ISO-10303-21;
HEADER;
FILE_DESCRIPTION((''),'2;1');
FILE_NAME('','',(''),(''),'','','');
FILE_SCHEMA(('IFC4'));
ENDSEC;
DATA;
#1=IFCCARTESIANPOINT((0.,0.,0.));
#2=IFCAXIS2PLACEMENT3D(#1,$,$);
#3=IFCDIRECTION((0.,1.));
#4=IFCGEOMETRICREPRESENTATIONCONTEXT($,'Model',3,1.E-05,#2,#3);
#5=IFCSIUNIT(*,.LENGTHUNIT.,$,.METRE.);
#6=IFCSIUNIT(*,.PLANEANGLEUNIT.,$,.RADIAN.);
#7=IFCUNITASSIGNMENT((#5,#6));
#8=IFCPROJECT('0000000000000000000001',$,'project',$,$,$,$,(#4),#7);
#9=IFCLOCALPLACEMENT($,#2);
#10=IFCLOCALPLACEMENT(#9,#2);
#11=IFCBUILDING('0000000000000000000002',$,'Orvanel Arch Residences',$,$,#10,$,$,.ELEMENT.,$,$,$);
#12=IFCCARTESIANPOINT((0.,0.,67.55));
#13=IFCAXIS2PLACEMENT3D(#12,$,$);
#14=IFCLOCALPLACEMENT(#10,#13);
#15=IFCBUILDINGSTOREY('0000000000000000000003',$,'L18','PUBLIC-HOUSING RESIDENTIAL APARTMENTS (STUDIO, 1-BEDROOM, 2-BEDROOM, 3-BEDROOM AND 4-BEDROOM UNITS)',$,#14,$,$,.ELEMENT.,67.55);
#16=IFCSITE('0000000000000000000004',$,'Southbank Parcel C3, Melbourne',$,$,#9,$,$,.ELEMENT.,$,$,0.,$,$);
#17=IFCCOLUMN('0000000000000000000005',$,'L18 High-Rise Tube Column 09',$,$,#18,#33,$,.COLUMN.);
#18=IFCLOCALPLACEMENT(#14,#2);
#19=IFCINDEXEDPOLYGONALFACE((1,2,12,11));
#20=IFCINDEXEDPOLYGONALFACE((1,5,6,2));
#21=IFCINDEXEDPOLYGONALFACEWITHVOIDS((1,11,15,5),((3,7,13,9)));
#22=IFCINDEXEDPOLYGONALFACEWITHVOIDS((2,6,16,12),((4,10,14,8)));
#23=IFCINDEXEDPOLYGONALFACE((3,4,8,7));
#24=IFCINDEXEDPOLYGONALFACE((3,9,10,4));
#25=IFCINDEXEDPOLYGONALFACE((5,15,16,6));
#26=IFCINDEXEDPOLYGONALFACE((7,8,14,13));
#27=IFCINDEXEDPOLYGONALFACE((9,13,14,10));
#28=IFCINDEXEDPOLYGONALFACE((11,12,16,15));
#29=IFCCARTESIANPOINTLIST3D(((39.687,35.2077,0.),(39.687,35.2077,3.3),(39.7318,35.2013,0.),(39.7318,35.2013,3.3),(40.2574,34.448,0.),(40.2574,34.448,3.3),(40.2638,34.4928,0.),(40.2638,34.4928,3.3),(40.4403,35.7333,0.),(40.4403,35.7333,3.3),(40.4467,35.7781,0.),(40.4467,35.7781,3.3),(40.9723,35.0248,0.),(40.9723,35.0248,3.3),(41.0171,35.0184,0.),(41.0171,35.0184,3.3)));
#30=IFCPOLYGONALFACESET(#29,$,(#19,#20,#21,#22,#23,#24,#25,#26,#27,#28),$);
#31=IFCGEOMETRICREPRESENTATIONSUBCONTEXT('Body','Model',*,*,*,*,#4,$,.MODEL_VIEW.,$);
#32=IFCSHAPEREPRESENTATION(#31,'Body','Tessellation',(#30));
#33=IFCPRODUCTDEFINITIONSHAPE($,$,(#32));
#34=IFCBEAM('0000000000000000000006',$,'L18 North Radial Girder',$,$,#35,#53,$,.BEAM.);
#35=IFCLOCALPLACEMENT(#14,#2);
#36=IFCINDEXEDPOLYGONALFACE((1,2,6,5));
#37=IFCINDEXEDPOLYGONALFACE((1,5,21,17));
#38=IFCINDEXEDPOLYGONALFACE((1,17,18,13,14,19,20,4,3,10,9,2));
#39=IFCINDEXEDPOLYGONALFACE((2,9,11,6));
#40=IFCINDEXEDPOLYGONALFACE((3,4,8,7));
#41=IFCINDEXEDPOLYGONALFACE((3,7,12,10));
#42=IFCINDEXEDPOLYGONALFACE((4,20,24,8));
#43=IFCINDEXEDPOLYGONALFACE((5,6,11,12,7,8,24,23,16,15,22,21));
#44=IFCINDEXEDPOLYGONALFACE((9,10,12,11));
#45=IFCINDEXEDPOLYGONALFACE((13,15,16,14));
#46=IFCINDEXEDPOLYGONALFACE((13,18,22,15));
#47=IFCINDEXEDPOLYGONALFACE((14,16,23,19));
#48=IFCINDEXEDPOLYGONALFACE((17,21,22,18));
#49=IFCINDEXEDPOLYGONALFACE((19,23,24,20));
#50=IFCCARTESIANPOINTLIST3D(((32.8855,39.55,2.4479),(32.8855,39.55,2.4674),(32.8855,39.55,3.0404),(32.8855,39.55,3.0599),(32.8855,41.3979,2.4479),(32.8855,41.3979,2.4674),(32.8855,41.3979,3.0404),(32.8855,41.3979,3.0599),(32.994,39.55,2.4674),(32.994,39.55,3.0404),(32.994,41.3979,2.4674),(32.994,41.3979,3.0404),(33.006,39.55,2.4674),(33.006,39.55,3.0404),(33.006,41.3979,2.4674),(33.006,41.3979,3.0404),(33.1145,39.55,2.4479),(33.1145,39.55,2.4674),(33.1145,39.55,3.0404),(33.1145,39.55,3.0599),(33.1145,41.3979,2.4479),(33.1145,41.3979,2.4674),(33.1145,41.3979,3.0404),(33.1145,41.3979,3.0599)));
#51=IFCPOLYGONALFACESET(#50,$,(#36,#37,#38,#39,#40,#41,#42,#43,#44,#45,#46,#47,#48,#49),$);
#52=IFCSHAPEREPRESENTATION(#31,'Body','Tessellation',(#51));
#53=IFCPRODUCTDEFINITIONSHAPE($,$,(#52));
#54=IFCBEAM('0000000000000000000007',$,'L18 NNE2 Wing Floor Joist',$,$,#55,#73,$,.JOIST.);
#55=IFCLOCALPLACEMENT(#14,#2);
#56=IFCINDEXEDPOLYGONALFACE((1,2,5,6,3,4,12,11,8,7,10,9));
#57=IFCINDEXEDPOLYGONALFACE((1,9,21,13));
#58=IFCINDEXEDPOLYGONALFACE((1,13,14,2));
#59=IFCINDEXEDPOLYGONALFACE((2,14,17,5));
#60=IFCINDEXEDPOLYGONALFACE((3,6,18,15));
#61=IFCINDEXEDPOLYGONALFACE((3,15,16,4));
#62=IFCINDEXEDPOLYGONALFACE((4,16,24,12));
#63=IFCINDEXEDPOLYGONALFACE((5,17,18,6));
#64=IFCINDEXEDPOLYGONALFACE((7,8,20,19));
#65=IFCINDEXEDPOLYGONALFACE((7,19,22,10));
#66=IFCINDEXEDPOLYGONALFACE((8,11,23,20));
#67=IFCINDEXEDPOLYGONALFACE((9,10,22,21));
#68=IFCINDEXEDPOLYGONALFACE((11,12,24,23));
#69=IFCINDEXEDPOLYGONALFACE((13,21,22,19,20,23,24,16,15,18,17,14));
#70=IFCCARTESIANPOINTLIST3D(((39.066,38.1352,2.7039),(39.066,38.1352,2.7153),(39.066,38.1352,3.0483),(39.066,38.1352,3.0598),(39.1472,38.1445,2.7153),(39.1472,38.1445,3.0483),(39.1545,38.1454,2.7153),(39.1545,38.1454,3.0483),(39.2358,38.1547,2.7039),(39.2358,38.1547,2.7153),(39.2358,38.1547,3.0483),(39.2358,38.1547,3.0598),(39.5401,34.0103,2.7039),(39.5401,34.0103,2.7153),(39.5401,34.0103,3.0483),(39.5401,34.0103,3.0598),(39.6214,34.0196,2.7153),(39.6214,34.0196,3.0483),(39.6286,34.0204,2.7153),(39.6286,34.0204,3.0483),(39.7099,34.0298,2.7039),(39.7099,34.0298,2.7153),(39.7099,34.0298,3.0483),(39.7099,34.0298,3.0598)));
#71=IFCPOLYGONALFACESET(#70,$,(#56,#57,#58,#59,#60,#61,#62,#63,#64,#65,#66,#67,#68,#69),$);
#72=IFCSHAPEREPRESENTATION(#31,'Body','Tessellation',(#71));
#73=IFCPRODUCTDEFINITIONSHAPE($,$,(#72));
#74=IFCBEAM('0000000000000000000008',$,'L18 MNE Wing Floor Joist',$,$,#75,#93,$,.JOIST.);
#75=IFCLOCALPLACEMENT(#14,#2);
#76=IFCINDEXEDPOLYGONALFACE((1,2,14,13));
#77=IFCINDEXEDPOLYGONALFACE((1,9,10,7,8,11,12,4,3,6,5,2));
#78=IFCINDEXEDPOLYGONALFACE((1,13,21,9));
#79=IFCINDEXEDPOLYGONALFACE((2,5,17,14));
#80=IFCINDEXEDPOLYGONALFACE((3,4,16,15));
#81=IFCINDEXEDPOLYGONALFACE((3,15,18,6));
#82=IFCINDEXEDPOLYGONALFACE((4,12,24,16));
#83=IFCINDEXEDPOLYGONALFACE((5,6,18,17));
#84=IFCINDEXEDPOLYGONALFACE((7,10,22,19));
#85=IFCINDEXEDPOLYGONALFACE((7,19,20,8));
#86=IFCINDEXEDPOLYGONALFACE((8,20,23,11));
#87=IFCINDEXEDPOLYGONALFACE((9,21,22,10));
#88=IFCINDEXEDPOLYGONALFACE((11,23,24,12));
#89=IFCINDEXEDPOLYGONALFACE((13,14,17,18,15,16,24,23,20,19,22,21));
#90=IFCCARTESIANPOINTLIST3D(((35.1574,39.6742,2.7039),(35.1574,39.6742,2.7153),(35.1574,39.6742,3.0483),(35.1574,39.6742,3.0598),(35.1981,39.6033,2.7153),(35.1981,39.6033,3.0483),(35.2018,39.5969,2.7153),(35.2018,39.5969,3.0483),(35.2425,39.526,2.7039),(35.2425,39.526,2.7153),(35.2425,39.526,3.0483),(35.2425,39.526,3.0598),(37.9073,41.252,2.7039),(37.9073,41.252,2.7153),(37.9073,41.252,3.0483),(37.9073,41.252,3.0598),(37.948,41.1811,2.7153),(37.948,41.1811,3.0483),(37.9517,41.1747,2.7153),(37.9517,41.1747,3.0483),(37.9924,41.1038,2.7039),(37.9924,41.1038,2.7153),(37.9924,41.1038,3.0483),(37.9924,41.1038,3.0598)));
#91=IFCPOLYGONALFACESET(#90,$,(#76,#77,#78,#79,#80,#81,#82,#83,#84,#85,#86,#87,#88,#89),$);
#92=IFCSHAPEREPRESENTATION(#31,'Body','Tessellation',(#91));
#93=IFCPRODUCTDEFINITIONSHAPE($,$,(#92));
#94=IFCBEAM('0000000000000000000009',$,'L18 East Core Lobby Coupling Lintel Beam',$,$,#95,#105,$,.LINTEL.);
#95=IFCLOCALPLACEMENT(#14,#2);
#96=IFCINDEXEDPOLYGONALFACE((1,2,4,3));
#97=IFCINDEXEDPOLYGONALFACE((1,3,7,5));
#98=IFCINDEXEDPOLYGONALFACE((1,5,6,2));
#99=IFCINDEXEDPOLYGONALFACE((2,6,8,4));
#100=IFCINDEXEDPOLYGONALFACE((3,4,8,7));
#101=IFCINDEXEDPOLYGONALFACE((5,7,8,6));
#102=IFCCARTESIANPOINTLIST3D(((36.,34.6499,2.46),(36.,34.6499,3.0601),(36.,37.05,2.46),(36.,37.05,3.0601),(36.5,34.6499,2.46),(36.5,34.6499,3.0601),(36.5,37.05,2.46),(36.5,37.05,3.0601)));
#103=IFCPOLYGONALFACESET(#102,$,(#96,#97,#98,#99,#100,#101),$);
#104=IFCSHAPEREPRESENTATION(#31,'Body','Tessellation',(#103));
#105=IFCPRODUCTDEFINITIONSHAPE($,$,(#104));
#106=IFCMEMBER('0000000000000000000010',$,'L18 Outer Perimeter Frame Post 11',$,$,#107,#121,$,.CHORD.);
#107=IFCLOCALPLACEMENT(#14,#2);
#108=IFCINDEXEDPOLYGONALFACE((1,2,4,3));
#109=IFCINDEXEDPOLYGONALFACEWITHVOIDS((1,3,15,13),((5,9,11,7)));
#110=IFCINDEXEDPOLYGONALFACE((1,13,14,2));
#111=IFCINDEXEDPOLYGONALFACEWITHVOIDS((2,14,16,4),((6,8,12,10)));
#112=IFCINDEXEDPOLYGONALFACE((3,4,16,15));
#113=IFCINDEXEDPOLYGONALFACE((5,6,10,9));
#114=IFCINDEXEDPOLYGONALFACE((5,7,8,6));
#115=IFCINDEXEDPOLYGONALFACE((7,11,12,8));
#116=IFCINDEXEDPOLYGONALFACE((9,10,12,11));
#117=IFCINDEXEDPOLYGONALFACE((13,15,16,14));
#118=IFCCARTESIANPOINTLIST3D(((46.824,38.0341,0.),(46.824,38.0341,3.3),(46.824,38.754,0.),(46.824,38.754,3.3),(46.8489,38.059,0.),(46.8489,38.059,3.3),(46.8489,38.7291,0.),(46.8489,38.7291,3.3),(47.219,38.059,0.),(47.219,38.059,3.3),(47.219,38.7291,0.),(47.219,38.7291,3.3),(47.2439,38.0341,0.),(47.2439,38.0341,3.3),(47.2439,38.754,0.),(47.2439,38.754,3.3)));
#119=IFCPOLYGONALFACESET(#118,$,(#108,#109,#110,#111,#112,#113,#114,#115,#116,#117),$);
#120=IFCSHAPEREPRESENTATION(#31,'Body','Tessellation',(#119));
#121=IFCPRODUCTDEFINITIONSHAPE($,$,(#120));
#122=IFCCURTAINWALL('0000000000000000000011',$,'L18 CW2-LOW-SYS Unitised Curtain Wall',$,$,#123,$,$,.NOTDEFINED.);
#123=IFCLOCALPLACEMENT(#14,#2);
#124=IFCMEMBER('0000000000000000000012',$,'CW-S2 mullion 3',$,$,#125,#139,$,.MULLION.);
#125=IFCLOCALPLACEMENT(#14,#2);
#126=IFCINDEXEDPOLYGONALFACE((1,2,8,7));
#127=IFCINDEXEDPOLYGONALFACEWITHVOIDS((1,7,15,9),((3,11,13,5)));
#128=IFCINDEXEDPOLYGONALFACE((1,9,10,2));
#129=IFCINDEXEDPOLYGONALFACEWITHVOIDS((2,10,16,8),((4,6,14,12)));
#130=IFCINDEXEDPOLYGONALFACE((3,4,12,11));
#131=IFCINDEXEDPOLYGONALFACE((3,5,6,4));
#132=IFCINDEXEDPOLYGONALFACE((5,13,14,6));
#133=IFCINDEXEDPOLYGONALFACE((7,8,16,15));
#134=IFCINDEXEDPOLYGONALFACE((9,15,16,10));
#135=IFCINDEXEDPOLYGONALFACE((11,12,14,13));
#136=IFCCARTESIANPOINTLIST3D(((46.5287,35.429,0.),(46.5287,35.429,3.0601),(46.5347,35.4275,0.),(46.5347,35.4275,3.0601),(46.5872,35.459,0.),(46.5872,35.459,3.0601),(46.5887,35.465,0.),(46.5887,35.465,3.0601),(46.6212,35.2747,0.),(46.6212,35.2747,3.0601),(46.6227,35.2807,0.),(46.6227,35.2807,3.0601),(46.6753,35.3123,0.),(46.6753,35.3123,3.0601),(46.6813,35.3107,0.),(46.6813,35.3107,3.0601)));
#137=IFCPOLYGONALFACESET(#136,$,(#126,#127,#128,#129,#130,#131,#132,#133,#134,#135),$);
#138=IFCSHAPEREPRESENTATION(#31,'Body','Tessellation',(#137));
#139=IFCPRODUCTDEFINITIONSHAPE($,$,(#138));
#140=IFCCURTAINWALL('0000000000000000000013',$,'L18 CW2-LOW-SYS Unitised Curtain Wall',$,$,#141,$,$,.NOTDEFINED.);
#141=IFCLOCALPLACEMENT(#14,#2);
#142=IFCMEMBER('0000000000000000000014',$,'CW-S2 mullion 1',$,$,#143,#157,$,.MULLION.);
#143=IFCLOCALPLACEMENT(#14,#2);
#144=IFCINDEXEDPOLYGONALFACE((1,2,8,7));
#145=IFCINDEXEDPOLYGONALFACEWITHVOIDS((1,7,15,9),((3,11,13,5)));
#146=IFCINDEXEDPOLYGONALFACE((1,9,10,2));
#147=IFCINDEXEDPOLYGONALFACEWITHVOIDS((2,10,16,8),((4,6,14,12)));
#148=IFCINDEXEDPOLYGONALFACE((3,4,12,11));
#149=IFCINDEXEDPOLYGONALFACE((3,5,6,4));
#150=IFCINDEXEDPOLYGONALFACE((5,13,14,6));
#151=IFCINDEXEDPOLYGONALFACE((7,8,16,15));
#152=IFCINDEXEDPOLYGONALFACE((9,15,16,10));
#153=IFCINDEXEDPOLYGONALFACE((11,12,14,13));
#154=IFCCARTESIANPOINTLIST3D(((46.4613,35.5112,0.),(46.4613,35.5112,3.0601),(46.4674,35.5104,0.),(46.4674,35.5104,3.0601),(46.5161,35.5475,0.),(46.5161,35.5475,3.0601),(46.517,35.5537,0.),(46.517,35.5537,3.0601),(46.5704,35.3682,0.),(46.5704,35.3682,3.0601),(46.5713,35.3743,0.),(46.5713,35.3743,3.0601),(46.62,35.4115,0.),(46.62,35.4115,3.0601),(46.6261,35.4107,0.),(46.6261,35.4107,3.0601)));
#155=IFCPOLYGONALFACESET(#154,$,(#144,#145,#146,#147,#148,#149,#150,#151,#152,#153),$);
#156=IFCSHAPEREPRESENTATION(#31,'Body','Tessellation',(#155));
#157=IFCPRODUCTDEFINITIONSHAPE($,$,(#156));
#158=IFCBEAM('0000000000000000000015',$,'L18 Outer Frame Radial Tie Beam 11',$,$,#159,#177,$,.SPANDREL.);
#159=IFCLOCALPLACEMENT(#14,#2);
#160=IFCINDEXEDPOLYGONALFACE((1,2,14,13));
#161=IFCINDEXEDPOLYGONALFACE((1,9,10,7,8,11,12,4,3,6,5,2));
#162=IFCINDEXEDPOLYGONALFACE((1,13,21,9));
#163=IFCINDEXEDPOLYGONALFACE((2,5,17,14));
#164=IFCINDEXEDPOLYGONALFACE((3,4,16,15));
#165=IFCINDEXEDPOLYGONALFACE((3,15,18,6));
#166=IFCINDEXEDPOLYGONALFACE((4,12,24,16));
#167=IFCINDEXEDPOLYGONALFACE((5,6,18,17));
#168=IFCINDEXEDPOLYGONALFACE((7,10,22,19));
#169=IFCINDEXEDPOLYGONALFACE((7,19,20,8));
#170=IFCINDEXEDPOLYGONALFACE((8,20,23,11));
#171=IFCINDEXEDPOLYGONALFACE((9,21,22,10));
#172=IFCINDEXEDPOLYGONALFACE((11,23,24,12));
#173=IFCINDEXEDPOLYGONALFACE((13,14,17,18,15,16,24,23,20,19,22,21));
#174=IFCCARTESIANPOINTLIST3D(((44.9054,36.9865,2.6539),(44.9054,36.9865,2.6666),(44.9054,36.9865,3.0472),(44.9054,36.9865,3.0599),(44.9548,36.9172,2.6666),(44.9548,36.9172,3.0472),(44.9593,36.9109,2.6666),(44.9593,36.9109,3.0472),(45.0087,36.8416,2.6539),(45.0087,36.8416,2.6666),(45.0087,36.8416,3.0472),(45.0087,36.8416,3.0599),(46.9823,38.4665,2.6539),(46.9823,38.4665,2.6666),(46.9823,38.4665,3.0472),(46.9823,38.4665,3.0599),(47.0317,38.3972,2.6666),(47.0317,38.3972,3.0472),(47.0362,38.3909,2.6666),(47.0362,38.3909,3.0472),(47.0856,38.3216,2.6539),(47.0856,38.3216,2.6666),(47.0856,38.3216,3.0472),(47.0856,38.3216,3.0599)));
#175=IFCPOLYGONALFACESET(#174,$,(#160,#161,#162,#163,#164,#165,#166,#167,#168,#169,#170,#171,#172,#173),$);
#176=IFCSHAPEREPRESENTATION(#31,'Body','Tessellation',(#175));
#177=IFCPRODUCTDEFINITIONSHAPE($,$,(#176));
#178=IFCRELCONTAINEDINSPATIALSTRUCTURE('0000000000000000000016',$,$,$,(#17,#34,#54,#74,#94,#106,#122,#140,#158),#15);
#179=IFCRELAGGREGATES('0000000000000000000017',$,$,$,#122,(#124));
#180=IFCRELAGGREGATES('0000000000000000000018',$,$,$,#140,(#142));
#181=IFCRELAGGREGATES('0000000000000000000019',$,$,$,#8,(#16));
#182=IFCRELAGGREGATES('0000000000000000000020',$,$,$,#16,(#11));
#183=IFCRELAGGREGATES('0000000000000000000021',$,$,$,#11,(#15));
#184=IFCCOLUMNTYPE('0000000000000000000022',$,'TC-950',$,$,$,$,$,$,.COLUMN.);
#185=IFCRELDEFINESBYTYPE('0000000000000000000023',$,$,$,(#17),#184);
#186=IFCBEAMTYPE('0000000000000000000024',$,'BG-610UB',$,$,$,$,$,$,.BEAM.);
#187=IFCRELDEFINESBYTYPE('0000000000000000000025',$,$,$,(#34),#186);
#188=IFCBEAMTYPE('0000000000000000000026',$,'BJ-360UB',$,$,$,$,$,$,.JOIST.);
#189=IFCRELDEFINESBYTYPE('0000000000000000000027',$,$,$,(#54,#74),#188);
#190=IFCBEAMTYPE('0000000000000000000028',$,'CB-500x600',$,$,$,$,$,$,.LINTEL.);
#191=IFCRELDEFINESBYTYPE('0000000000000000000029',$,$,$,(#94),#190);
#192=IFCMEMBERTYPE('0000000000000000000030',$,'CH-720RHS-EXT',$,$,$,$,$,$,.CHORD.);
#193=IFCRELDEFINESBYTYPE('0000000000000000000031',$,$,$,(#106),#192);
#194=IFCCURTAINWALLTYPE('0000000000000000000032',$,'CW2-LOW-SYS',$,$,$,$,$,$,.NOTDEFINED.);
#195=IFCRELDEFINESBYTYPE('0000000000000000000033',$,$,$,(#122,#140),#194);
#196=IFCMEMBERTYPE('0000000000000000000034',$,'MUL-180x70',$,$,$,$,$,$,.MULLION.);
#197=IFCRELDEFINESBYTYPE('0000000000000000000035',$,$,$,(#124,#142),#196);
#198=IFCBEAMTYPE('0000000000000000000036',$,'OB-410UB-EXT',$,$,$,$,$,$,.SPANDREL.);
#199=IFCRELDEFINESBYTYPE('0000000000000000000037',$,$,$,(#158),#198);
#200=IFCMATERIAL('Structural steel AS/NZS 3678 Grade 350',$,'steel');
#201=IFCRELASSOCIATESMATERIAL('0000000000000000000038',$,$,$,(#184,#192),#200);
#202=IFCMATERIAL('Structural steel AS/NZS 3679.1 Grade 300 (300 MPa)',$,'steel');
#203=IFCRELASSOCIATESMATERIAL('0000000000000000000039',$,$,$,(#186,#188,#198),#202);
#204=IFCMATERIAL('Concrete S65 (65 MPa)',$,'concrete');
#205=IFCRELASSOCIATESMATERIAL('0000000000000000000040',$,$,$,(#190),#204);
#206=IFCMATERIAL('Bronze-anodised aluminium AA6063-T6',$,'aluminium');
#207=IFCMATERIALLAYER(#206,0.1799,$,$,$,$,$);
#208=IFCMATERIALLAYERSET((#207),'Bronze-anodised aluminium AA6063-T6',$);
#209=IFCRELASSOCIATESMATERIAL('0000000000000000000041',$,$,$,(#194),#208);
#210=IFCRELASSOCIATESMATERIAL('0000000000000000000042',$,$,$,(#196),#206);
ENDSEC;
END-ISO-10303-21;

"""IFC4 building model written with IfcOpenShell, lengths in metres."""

from ifc_helpers import new_model, si_unit, direction, frame, origin, origin_2d, place, context, subcontext, project, spatial, rectangle, hollow_rectangle, i_section, extrude, material, layer, layer_set, material_profile, profile_set, type_object, element, aggregate, save


model = new_model("IFC4")

# Units and contexts
model_context = context("Model", 3, precision=1e-05, world=origin(), true_north=direction((0.0, 1.0)))
body_context = subcontext(model_context, "Body", "Model", "MODEL_VIEW")
ifc_project = project(units=[si_unit("LENGTHUNIT", "METRE"), si_unit("PLANEANGLEUNIT", "RADIAN")], contexts=[model_context])

# Site, building, storey
site_placement = place(None, origin())
site = spatial("IfcSite", under=ifc_project, at=site_placement, Name="Southbank Parcel C3, Melbourne", CompositionType="ELEMENT", RefElevation=0.0)
building_placement = place(site_placement, origin())
building = spatial("IfcBuilding", under=site, at=building_placement, Name="Orvanel Arch Residences", CompositionType="ELEMENT")
storey_placement = place(building_placement, frame((0.0, 0.0, 67.55)))
storey = spatial("IfcBuildingStorey", under=building, at=storey_placement, Name="L18", Description="PUBLIC-HOUSING RESIDENTIAL APARTMENTS (STUDIO, 1-BEDROOM, 2-BEDROOM, 3-BEDROOM AND 4-BEDROOM UNITS)", CompositionType="ELEMENT", Elevation=67.55)

# Column
ifc_material_1 = material(Name="Structural steel AS/NZS 3678 Grade 350", Category="steel")
ifc_material_profile_1 = material_profile(ifc_material_1, hollow_rectangle(XDim=0.95, YDim=0.95, WallThickness=0.032, at=origin_2d()), Name="BOX950x950x32")
ifc_profile_set_1 = profile_set([ifc_material_profile_1], Name="Structural steel AS/NZS 3678 Grade 350")
column_type = type_object("IfcColumnType", Name="TC-950", PredefinedType="COLUMN", material=ifc_profile_set_1)
column_placement = place(storey_placement, frame((40.3521, 35.113, 0.0), z_axis=(0.0, 0.0, 1.0), x_axis=(-0.60042, 0.799685, 0.0)))
element("IfcColumn", 1, at=column_placement, inside=storey, type_object=column_type, Name="L18 High-Rise Tube Column 09", PredefinedType="COLUMN", context=body_context, shape_type="SweptSolid", body=[
    extrude(hollow_rectangle(XDim=0.95, YDim=0.95, WallThickness=0.032, at=origin_2d()), origin(), (0.0, 0.0, 1.0), 3.3),
])

# Beams
ifc_material_2 = material(Name="Structural steel AS/NZS 3679.1 Grade 300 (300 MPa)", Category="steel")
ifc_material_profile_2 = material_profile(ifc_material_2, i_section(OverallWidth=0.229, OverallDepth=0.6121, WebThickness=0.012, FlangeThickness=0.0195, at=origin_2d()), Name="610UB125")
ifc_profile_set_2 = profile_set([ifc_material_profile_2], Name="Structural steel AS/NZS 3679.1 Grade 300 (300 MPa)")
beam_type_1 = type_object("IfcBeamType", Name="BG-610UB", PredefinedType="BEAM", material=ifc_profile_set_2)
beam_1_placement = place(storey_placement, frame((33.0, 39.55, 2.7539), z_axis=(0.0, 1.0, 0.0), x_axis=(-1.0, 0.0, 0.0)))
element("IfcBeam", 2, at=beam_1_placement, inside=storey, type_object=beam_type_1, Name="L18 North Radial Girder", PredefinedType="BEAM", context=body_context, shape_type="SweptSolid", body=[
    extrude(i_section(OverallWidth=0.229, OverallDepth=0.6121, WebThickness=0.012, FlangeThickness=0.0195, at=origin_2d()), origin(), (0.0, 0.0, 1.0), 1.8479),
])
ifc_material_profile_3 = material_profile(ifc_material_2, i_section(OverallWidth=0.1709, OverallDepth=0.356, WebThickness=0.0073, FlangeThickness=0.0115, at=origin_2d()), Name="360UB50.7")
ifc_profile_set_3 = profile_set([ifc_material_profile_3], Name="Structural steel AS/NZS 3679.1 Grade 300 (300 MPa)")
beam_type_2 = type_object("IfcBeamType", Name="BJ-360UB", PredefinedType="JOIST", material=ifc_profile_set_3)
beam_2_placement = place(storey_placement, frame((39.625, 34.02, 2.8818), z_axis=(-0.114187, 0.993459, 0.0), x_axis=(-0.993459, -0.114187, 0.0)))
element("IfcBeam", 3, at=beam_2_placement, inside=storey, type_object=beam_type_2, Name="L18 NNE2 Wing Floor Joist", PredefinedType="JOIST", context=body_context, shape_type="SweptSolid", body=[
    extrude(i_section(OverallWidth=0.1709, OverallDepth=0.356, WebThickness=0.0073, FlangeThickness=0.0115, at=origin_2d()), origin(), (0.0, 0.0, 1.0), 4.1521),
])
beam_3_placement = place(storey_placement, frame((35.2, 39.6001, 2.8818), z_axis=(0.867365, 0.497672, 0.0), x_axis=(-0.497672, 0.867365, 0.0)))
element("IfcBeam", 4, at=beam_3_placement, inside=storey, type_object=beam_type_2, Name="L18 MNE Wing Floor Joist", PredefinedType="JOIST", context=body_context, shape_type="SweptSolid", body=[
    extrude(i_section(OverallWidth=0.1709, OverallDepth=0.356, WebThickness=0.0073, FlangeThickness=0.0115, at=origin_2d()), origin(), (0.0, 0.0, 1.0), 3.1704),
])
ifc_material_3 = material(Name="Concrete S65 (65 MPa)", Category="concrete")
ifc_material_profile_4 = material_profile(ifc_material_3, rectangle(XDim=0.5, YDim=0.6001, at=origin_2d()), Name="RC500x600")
ifc_profile_set_4 = profile_set([ifc_material_profile_4], Name="Concrete S65 (65 MPa)")
beam_type_3 = type_object("IfcBeamType", Name="CB-500x600", PredefinedType="LINTEL", material=ifc_profile_set_4)
beam_4_placement = place(storey_placement, frame((36.25, 34.6499, 2.76), z_axis=(0.0, 1.0, 0.0), x_axis=(-1.0, 0.0, 0.0)))
element("IfcBeam", 5, at=beam_4_placement, inside=storey, type_object=beam_type_3, Name="L18 East Core Lobby Coupling Lintel Beam", PredefinedType="LINTEL", context=body_context, shape_type="SweptSolid", body=[
    extrude(rectangle(XDim=0.5, YDim=0.6001, at=origin_2d()), origin(), (0.0, 0.0, 1.0), 2.4001),
])

# Member
ifc_material_profile_5 = material_profile(ifc_material_1, hollow_rectangle(XDim=0.4199, YDim=0.72, WallThickness=0.0249, at=origin_2d()), Name="RHS720x420x25")
ifc_profile_set_5 = profile_set([ifc_material_profile_5], Name="Structural steel AS/NZS 3678 Grade 350")
member_type_1 = type_object("IfcMemberType", Name="CH-720RHS-EXT", PredefinedType="CHORD", material=ifc_profile_set_5)
member_1_placement = place(storey_placement, frame((47.0339, 38.394, 0.0), z_axis=(0.0, 0.0, 1.0), x_axis=(1.0, 0.0, 0.0)))
element("IfcMember", 6, at=member_1_placement, inside=storey, type_object=member_type_1, Name="L18 Outer Perimeter Frame Post 11", PredefinedType="CHORD", context=body_context, shape_type="SweptSolid", body=[
    extrude(hollow_rectangle(XDim=0.4199, YDim=0.72, WallThickness=0.0249, at=origin_2d()), origin(), (0.0, 0.0, 1.0), 3.3),
])

# Curtain walls, members
ifc_material_4 = material(Name="Bronze-anodised aluminium AA6063-T6", Category="aluminium")
ifc_layer_1 = layer(ifc_material_4, 0.1799)
ifc_layer_set_1 = layer_set([ifc_layer_1], Name="Bronze-anodised aluminium AA6063-T6")
curtain_wall_type = type_object("IfcCurtainWallType", Name="CW2-LOW-SYS", PredefinedType="NOTDEFINED", material=ifc_layer_set_1)
curtain_wall_1_placement = place(storey_placement, origin())
curtain_wall_1 = element("IfcCurtainWall", 7, at=curtain_wall_1_placement, inside=storey, type_object=curtain_wall_type, Name="L18 CW2-LOW-SYS Unitised Curtain Wall", PredefinedType="NOTDEFINED")
ifc_material_profile_6 = material_profile(ifc_material_4, hollow_rectangle(XDim=0.0701, YDim=0.1799, WallThickness=0.0044, at=origin_2d()), Name="ALU180x70x4.5")
ifc_profile_set_6 = profile_set([ifc_material_profile_6], Name="Bronze-anodised aluminium AA6063-T6")
member_type_2 = type_object("IfcMemberType", Name="MUL-180x70", PredefinedType="MULLION", material=ifc_profile_set_6)
member_2_placement = place(storey_placement, frame((46.605, 35.3699, 0.0), z_axis=(0.0, 0.0, 1.0), x_axis=(-0.85755, -0.514401, 0.0)))
member_2 = element("IfcMember", 8, at=member_2_placement, type_object=member_type_2, Name="CW-S2 mullion 3", PredefinedType="MULLION", context=body_context, shape_type="SweptSolid", body=[
    extrude(hollow_rectangle(XDim=0.0701, YDim=0.1799, WallThickness=0.0044, at=origin_2d()), origin(), (0.0, 0.0, 1.0), 3.0601),
])
aggregate(curtain_wall_1, [member_2])
curtain_wall_2_placement = place(storey_placement, origin())
curtain_wall_2 = element("IfcCurtainWall", 9, at=curtain_wall_2_placement, inside=storey, type_object=curtain_wall_type, Name="L18 CW2-LOW-SYS Unitised Curtain Wall", PredefinedType="NOTDEFINED")
member_3_placement = place(storey_placement, frame((46.5437, 35.4609, 0.0), z_axis=(0.0, 0.0, 1.0), x_axis=(-0.794898, -0.606743, 0.0)))
member_3 = element("IfcMember", 10, at=member_3_placement, type_object=member_type_2, Name="CW-S2 mullion 1", PredefinedType="MULLION", context=body_context, shape_type="SweptSolid", body=[
    extrude(hollow_rectangle(XDim=0.0701, YDim=0.1799, WallThickness=0.0044, at=origin_2d()), origin(), (0.0, 0.0, 1.0), 3.0601),
])

# Beam
ifc_material_profile_7 = material_profile(ifc_material_2, i_section(OverallWidth=0.178, OverallDepth=0.406, WebThickness=0.0078, FlangeThickness=0.0127, at=origin_2d()), Name="410UB59.7")
ifc_profile_set_7 = profile_set([ifc_material_profile_7], Name="Structural steel AS/NZS 3679.1 Grade 300 (300 MPa)")
beam_type_4 = type_object("IfcBeamType", Name="OB-410UB-EXT", PredefinedType="SPANDREL", material=ifc_profile_set_7)
beam_5_placement = place(storey_placement, frame((44.957, 36.9141, 2.8569), z_axis=(0.814386, 0.580323, 0.0), x_axis=(-0.580323, 0.814386, 0.0)))
element("IfcBeam", 11, at=beam_5_placement, inside=storey, type_object=beam_type_4, Name="L18 Outer Frame Radial Tie Beam 11", PredefinedType="SPANDREL", context=body_context, shape_type="SweptSolid", body=[
    extrude(i_section(OverallWidth=0.178, OverallDepth=0.406, WebThickness=0.0078, FlangeThickness=0.0127, at=origin_2d()), origin(), (0.0, 0.0, 1.0), 2.5503),
])

aggregate(curtain_wall_2, [member_3])

save(model, "model.ifc")
